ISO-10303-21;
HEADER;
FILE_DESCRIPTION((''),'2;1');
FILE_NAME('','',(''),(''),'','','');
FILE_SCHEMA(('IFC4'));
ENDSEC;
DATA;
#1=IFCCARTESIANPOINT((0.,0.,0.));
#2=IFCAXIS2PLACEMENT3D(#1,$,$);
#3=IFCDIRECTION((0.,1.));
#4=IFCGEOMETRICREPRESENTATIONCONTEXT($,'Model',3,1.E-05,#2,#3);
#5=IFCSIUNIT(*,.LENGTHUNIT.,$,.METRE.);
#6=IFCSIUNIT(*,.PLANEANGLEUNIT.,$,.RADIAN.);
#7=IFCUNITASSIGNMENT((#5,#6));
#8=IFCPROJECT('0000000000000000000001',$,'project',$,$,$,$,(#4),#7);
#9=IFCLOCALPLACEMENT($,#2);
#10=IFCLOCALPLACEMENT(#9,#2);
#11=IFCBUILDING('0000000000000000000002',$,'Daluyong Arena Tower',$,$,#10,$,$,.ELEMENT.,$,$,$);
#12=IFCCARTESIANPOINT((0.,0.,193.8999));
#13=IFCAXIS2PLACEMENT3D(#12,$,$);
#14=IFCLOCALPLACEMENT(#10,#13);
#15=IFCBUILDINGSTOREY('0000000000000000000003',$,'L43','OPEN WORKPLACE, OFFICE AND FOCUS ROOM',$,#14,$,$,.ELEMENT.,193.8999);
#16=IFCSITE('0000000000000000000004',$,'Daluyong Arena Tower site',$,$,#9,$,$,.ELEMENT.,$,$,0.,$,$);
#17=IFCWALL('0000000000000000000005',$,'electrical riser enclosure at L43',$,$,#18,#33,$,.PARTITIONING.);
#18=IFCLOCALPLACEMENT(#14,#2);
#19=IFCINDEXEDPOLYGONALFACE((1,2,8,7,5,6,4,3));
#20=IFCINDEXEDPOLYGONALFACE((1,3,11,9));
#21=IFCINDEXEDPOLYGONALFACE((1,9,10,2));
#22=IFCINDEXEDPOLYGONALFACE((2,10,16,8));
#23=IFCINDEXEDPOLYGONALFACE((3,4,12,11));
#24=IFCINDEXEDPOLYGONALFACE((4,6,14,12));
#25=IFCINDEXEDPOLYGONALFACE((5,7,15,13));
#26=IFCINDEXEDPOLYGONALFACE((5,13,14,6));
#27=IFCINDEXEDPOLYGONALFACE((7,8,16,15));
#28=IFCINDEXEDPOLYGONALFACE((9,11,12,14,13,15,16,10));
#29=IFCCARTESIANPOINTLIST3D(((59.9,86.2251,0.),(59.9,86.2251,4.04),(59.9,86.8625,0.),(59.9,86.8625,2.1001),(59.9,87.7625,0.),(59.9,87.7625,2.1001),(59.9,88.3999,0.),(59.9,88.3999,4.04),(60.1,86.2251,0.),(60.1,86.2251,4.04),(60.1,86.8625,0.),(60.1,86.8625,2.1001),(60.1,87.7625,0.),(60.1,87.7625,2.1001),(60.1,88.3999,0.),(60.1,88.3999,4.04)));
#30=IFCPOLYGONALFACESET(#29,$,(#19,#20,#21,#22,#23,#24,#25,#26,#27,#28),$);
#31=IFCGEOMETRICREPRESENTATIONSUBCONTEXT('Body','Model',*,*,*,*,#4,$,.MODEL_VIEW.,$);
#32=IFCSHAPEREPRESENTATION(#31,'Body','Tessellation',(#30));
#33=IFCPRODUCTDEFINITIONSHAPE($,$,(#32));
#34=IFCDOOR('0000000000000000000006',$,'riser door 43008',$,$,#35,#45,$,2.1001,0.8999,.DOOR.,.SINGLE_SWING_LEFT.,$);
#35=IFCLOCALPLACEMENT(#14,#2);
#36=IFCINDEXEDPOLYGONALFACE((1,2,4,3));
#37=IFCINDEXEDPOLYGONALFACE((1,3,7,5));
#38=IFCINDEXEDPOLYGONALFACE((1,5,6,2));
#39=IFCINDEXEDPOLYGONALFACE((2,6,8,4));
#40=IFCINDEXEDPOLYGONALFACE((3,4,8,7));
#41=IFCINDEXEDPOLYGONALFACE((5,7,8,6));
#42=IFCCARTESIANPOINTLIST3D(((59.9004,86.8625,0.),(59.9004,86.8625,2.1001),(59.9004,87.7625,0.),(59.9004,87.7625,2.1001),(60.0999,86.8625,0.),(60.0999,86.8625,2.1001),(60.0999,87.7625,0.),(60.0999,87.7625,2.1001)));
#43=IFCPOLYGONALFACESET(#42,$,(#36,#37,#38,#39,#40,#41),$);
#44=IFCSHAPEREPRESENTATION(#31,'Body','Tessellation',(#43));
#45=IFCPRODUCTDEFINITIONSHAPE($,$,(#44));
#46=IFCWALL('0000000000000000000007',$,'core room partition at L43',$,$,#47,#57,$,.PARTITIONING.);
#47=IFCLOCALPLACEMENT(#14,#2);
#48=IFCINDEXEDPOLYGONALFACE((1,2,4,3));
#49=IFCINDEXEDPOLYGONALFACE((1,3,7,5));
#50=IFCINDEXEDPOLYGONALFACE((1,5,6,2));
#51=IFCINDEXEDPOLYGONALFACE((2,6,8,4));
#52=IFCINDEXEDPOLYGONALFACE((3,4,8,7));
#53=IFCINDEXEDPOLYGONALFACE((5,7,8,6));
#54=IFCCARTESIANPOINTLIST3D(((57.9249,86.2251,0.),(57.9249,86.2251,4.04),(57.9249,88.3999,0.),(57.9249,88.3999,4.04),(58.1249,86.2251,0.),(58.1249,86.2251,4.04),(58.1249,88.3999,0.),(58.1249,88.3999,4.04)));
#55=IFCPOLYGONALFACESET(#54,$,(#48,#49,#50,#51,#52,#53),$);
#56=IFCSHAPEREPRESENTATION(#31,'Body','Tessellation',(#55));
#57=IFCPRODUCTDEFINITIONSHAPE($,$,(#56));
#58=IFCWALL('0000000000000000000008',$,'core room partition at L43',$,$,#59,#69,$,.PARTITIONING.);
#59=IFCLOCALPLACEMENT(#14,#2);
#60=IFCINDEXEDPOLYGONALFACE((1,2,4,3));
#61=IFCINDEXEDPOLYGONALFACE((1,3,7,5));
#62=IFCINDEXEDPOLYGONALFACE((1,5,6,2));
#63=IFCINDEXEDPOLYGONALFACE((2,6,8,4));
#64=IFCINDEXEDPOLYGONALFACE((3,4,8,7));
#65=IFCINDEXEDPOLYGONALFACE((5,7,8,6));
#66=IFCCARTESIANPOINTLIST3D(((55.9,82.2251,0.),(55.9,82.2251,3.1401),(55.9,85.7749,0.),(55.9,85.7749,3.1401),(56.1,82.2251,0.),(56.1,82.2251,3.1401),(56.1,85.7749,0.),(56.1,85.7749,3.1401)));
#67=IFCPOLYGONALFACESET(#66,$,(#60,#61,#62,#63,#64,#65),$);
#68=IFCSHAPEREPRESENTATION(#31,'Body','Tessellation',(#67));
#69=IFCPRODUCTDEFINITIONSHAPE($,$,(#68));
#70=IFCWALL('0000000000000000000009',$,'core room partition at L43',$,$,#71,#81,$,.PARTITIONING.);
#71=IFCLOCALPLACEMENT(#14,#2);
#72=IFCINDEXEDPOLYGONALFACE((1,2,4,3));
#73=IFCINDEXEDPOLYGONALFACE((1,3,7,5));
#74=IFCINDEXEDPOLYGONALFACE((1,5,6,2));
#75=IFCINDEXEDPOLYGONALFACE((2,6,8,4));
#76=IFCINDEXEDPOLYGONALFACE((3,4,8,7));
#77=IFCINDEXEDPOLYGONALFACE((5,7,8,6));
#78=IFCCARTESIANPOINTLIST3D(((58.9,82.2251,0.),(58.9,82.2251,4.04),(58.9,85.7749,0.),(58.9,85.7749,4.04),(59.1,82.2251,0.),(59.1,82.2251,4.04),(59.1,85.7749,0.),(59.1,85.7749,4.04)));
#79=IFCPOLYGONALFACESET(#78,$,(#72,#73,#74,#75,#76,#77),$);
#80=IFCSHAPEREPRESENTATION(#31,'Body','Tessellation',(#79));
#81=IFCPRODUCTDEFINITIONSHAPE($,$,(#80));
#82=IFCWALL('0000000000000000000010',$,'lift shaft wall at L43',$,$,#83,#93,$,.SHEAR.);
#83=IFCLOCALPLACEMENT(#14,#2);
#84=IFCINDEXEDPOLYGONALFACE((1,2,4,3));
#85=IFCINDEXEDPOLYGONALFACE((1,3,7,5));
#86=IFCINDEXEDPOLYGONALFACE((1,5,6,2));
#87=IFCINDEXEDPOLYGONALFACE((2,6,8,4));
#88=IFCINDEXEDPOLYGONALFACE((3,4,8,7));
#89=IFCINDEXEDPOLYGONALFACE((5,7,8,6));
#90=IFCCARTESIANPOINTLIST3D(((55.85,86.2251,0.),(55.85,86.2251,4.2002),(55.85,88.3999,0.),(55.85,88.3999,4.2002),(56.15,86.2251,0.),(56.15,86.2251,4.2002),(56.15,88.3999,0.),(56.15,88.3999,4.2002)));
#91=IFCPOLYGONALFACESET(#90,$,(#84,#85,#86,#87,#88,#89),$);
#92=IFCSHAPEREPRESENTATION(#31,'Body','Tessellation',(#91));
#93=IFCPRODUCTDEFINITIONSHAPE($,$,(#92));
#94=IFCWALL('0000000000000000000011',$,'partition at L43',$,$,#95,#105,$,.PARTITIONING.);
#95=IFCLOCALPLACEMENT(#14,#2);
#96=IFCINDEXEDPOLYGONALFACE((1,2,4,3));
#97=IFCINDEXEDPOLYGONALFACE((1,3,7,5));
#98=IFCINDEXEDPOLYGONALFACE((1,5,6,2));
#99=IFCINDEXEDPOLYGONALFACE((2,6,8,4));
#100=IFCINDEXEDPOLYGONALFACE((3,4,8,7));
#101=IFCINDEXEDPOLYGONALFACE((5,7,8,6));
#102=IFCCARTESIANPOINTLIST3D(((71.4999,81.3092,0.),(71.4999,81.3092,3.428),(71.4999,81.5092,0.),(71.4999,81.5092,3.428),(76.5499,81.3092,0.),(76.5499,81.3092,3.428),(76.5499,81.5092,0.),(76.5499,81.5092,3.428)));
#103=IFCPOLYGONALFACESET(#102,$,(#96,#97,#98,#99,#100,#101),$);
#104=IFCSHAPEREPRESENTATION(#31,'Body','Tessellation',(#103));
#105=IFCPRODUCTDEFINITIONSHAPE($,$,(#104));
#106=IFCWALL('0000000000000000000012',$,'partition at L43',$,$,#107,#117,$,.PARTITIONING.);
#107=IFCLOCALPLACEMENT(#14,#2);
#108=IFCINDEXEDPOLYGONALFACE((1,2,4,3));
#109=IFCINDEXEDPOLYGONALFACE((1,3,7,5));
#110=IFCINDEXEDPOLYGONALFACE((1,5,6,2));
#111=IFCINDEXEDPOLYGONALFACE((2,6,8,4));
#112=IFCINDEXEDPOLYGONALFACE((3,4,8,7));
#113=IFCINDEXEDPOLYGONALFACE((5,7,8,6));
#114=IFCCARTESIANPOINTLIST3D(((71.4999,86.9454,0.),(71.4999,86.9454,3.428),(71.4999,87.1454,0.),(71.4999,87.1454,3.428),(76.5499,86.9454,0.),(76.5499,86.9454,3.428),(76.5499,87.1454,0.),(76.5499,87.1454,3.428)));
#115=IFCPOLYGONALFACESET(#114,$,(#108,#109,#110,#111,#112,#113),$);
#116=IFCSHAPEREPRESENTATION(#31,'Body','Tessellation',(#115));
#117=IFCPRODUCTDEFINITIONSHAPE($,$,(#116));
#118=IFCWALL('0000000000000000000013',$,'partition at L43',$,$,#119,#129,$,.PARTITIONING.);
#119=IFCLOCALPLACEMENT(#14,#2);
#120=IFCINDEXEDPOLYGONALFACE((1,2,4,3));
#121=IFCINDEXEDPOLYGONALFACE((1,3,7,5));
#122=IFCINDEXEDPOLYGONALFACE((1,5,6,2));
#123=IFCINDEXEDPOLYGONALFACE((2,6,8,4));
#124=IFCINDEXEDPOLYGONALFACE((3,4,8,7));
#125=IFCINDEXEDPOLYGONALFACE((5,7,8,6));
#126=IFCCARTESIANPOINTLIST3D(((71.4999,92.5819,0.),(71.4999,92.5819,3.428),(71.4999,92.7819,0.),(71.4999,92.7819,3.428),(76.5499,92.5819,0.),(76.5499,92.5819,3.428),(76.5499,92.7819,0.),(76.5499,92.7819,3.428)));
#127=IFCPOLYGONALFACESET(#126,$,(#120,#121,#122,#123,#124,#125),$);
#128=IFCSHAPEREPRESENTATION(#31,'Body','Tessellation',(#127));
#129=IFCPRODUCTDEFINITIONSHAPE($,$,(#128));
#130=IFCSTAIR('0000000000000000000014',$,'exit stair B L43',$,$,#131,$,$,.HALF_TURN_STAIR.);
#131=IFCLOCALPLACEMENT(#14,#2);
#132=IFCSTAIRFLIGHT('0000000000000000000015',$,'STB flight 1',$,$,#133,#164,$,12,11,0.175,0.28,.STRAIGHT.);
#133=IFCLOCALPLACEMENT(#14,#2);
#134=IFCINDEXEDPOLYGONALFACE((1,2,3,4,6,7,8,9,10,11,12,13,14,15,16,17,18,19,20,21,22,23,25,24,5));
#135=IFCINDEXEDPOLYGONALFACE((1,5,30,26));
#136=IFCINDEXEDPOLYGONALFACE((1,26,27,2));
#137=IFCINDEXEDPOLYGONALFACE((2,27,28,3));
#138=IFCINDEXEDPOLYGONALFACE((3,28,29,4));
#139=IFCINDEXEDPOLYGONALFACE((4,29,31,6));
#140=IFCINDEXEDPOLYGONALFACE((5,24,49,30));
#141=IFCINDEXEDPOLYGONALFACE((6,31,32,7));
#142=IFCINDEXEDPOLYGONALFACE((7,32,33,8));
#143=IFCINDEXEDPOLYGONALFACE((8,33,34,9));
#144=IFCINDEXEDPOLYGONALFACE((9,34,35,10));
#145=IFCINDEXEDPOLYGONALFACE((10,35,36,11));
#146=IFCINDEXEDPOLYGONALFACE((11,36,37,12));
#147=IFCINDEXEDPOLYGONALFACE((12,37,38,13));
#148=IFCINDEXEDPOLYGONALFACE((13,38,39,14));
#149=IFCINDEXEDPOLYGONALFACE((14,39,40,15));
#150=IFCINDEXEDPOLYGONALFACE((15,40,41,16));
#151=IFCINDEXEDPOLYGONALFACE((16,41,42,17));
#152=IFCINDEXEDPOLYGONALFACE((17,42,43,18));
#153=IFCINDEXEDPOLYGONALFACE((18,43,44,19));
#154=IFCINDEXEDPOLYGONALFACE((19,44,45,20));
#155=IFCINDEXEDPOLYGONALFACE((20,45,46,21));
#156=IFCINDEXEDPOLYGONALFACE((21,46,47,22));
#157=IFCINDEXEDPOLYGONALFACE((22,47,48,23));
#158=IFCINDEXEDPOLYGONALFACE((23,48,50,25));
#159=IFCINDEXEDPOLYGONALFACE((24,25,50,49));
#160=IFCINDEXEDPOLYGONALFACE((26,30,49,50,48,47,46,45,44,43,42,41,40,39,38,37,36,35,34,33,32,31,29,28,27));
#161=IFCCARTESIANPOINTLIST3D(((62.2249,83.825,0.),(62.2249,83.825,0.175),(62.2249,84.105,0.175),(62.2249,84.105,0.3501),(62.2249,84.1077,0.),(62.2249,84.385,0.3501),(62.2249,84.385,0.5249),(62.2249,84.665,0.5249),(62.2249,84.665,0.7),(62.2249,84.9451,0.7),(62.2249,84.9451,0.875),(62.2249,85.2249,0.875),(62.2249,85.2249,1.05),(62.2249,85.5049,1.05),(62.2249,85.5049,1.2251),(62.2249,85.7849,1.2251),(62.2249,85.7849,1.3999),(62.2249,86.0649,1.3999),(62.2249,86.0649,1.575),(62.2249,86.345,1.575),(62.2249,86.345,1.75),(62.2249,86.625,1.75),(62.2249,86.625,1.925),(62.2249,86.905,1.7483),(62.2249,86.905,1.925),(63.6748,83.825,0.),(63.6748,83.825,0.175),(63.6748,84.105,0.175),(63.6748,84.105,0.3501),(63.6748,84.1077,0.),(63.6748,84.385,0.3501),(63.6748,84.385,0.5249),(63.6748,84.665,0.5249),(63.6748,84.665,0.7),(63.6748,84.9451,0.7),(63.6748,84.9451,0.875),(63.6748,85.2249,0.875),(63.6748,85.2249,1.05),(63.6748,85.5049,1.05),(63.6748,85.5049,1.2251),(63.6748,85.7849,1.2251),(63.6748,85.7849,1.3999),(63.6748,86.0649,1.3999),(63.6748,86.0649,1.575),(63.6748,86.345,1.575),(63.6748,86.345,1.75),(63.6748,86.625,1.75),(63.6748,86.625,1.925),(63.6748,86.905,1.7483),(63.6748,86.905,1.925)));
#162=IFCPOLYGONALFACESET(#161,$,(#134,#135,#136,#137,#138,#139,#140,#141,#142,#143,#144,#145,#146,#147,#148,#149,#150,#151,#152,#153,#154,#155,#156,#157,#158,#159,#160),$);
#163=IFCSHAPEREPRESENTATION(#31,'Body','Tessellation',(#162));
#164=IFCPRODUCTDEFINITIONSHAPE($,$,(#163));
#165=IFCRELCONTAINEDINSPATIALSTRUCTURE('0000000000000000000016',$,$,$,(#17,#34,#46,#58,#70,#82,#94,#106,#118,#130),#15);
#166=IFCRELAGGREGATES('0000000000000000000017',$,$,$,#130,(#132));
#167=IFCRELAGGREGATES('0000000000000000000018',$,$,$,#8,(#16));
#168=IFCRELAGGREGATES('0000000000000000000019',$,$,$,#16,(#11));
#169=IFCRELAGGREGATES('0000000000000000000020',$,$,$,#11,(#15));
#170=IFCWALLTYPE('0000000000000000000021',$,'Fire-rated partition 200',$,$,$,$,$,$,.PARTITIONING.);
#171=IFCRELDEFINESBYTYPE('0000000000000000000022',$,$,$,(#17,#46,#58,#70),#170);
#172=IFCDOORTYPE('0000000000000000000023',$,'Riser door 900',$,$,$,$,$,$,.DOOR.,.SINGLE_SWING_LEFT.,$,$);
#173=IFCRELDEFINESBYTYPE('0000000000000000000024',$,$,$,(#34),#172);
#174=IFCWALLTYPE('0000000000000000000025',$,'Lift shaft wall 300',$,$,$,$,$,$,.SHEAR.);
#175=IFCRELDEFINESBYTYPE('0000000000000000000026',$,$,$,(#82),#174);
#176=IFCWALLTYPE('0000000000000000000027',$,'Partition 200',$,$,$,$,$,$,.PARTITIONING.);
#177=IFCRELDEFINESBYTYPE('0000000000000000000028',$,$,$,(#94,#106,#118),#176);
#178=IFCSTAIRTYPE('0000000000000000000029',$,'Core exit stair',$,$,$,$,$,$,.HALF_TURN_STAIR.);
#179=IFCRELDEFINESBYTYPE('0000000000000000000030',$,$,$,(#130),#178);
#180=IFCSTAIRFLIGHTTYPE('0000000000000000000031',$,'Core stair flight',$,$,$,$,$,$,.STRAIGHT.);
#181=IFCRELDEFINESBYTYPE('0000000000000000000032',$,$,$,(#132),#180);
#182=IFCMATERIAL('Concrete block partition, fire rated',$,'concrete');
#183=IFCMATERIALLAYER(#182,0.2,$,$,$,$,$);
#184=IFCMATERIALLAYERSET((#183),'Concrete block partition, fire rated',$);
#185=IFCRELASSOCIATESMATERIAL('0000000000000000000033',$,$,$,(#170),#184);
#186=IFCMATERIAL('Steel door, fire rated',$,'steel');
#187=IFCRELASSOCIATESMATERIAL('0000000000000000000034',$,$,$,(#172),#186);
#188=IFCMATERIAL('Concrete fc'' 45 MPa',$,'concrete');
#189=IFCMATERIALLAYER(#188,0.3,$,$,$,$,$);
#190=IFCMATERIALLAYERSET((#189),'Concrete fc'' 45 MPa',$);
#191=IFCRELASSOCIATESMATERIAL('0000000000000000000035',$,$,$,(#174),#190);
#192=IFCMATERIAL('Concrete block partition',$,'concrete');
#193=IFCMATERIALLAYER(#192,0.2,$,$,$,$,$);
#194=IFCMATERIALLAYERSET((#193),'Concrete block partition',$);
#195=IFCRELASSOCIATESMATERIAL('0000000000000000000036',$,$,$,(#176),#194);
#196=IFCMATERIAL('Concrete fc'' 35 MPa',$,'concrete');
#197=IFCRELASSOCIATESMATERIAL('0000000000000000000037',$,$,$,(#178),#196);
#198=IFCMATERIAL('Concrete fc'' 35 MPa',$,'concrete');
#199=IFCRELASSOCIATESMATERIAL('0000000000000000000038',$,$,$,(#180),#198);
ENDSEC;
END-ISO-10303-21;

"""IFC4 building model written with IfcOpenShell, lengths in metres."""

from ifc_helpers import new_model, si_unit, direction, frame, frame_2d, origin, place, context, subcontext, project, spatial, polyline, rectangle, outline, extrude, material, layer, layer_set, type_object, element, fill, aggregate, save


model = new_model("IFC4")

# Units and contexts
model_context = context("Model", 3, precision=1e-05, world=origin(), true_north=direction((0.0, 1.0)))
body_context = subcontext(model_context, "Body", "Model", "MODEL_VIEW")
ifc_project = project(units=[si_unit("LENGTHUNIT", "METRE"), si_unit("PLANEANGLEUNIT", "RADIAN")], contexts=[model_context])

# Site, building, storey
site_placement = place(None, origin())
site = spatial("IfcSite", under=ifc_project, at=site_placement, Name="Daluyong Arena Tower site", CompositionType="ELEMENT", RefElevation=0.0)
building_placement = place(site_placement, origin())
building = spatial("IfcBuilding", under=site, at=building_placement, Name="Daluyong Arena Tower", CompositionType="ELEMENT")
storey_placement = place(building_placement, frame((0.0, 0.0, 193.8999)))
storey = spatial("IfcBuildingStorey", under=building, at=storey_placement, Name="L43", Description="OPEN WORKPLACE, OFFICE AND FOCUS ROOM", CompositionType="ELEMENT", Elevation=193.8999)

# Wall, opening, door
ifc_material_1 = material(Name="Concrete block partition, fire rated", Category="concrete")
ifc_layer_1 = layer(ifc_material_1, 0.2)
ifc_layer_set_1 = layer_set([ifc_layer_1], Name="Concrete block partition, fire rated")
wall_type_1 = type_object("IfcWallType", Name="Fire-rated partition 200", PredefinedType="PARTITIONING", material=ifc_layer_set_1)
wall_1_placement = place(storey_placement, frame((60.0, 86.2251, 0.0), z_axis=(0.0, 0.0, 1.0), x_axis=(0.0, 1.0, 0.0)))
wall_1 = element("IfcWall", 1, at=wall_1_placement, inside=storey, type_object=wall_type_1, Name="electrical riser enclosure at L43", PredefinedType="PARTITIONING", context=body_context, shape_type="SweptSolid", body=[
    extrude(rectangle(XDim=2.1748, YDim=0.2, at=frame_2d((1.0874, 0.0))), origin(), (0.0, 0.0, 1.0), 4.04),
])
opening_1_placement = place(wall_1_placement, frame((0.6375, 0.0, 0.0)))
opening_1 = element("IfcOpeningElement", 2, at=opening_1_placement, cuts=wall_1, PredefinedType="OPENING", context=body_context, shape_type="SweptSolid", body=[
    extrude(rectangle(XDim=0.8999, YDim=2.1001, at=frame_2d((0.45, 1.05))), frame((0.0, 0.1099, 0.0), z_axis=(0.0, -1.0, 0.0), x_axis=(1.0, 0.0, 0.0)), (0.0, 0.0, 1.0), 0.22),
])
ifc_material_2 = material(Name="Steel door, fire rated", Category="steel")
door_type_1 = type_object("IfcDoorType", Name="Riser door 900", OperationType="SINGLE_SWING_LEFT", PredefinedType="DOOR", material=ifc_material_2)
door_1_placement = place(opening_1_placement, origin())
door_1 = element("IfcDoor", 3, at=door_1_placement, inside=storey, type_object=door_type_1, Name="riser door 43008", OperationType="SINGLE_SWING_LEFT", OverallHeight=2.1001, OverallWidth=0.8999, PredefinedType="DOOR", context=body_context, shape_type="SweptSolid", body=[
    extrude(rectangle(XDim=0.8999, YDim=2.1001, at=frame_2d((0.45, 1.05))), frame((0.0, 0.0996, 0.0), z_axis=(0.0, -1.0, 0.0), x_axis=(1.0, 0.0, 0.0)), (0.0, 0.0, 1.0), 0.1995),
])
fill(opening_1, door_1)

# Walls
wall_2_placement = place(storey_placement, frame((58.0249, 86.2251, 0.0), z_axis=(0.0, 0.0, 1.0), x_axis=(0.0, 1.0, 0.0)))
element("IfcWall", 4, at=wall_2_placement, inside=storey, type_object=wall_type_1, Name="core room partition at L43", PredefinedType="PARTITIONING", context=body_context, shape_type="SweptSolid", body=[
    extrude(rectangle(XDim=2.1748, YDim=0.2, at=frame_2d((1.0874, 0.0))), origin(), (0.0, 0.0, 1.0), 4.04),
])
wall_3_placement = place(storey_placement, frame((56.0, 82.2251, 0.0), z_axis=(0.0, 0.0, 1.0), x_axis=(0.0, 1.0, 0.0)))
element("IfcWall", 5, at=wall_3_placement, inside=storey, type_object=wall_type_1, Name="core room partition at L43", PredefinedType="PARTITIONING", context=body_context, shape_type="SweptSolid", body=[
    extrude(rectangle(XDim=3.5498, YDim=0.2, at=frame_2d((1.7749, 0.0))), origin(), (0.0, 0.0, 1.0), 3.1401),
])
wall_4_placement = place(storey_placement, frame((59.0, 82.2251, 0.0), z_axis=(0.0, 0.0, 1.0), x_axis=(0.0, 1.0, 0.0)))
element("IfcWall", 6, at=wall_4_placement, inside=storey, type_object=wall_type_1, Name="core room partition at L43", PredefinedType="PARTITIONING", context=body_context, shape_type="SweptSolid", body=[
    extrude(rectangle(XDim=3.5498, YDim=0.2, at=frame_2d((1.7749, 0.0))), origin(), (0.0, 0.0, 1.0), 4.04),
])
ifc_material_3 = material(Name="Concrete fc' 45 MPa", Category="concrete")
ifc_layer_2 = layer(ifc_material_3, 0.3)
ifc_layer_set_2 = layer_set([ifc_layer_2], Name="Concrete fc' 45 MPa")
wall_type_2 = type_object("IfcWallType", Name="Lift shaft wall 300", PredefinedType="SHEAR", material=ifc_layer_set_2)
wall_5_placement = place(storey_placement, frame((56.0, 86.2251, 0.0), z_axis=(0.0, 0.0, 1.0), x_axis=(0.0, 1.0, 0.0)))
element("IfcWall", 7, at=wall_5_placement, inside=storey, type_object=wall_type_2, Name="lift shaft wall at L43", PredefinedType="SHEAR", context=body_context, shape_type="SweptSolid", body=[
    extrude(rectangle(XDim=2.1748, YDim=0.3, at=frame_2d((1.0874, 0.0))), origin(), (0.0, 0.0, 1.0), 4.2002),
])
ifc_material_4 = material(Name="Concrete block partition", Category="concrete")
ifc_layer_3 = layer(ifc_material_4, 0.2)
ifc_layer_set_3 = layer_set([ifc_layer_3], Name="Concrete block partition")
wall_type_3 = type_object("IfcWallType", Name="Partition 200", PredefinedType="PARTITIONING", material=ifc_layer_set_3)
for number, where, z_axis, x_axis, name in (
    (8, (71.5, 81.4092, 0.0), (0.0, 0.0, 1.0), (1.0, 0.0, 0.0), "partition at L43"),
    (9, (71.5, 87.0454, 0.0), (0.0, 0.0, 1.0), (1.0, 0.0, 0.0), "partition at L43"),
    (10, (71.5, 92.6819, 0.0), (0.0, 0.0, 1.0), (1.0, 0.0, 0.0), "partition at L43"),
):
    element("IfcWall", number, at=place(storey_placement, frame(where, z_axis=z_axis, x_axis=x_axis)), inside=storey, type_object=wall_type_3, Name=name, PredefinedType="PARTITIONING", context=body_context, shape_type="SweptSolid", body=[
        extrude(rectangle(XDim=5.05, YDim=0.2, at=frame_2d((2.5249, 0.0))), origin(), (0.0, 0.0, 1.0), 3.428),
    ])

# Stair, stair flight
ifc_material_5 = material(Name="Concrete fc' 35 MPa", Category="concrete")
stair_type = type_object("IfcStairType", Name="Core exit stair", PredefinedType="HALF_TURN_STAIR", material=ifc_material_5)
stair_placement = place(storey_placement, origin())
stair = element("IfcStair", 11, at=stair_placement, inside=storey, type_object=stair_type, Name="exit stair B L43", PredefinedType="HALF_TURN_STAIR")
ifc_material_6 = material(Name="Concrete fc' 35 MPa", Category="concrete")
stair_flight_type = type_object("IfcStairFlightType", Name="Core stair flight", PredefinedType="STRAIGHT", material=ifc_material_6)
stair_flight_1_placement = place(storey_placement, frame((62.95, 83.825, 0.0), z_axis=(0.0, 0.0, 1.0), x_axis=(0.0, 1.0, 0.0)))
stair_flight_1 = element("IfcStairFlight", 12, at=stair_flight_1_placement, type_object=stair_flight_type, Name="STB flight 1", NumberOfRisers=12, NumberOfTreads=11, PredefinedType="STRAIGHT", RiserHeight=0.175, TreadLength=0.28, context=body_context, shape_type="SweptSolid", body=[
    extrude(outline(polyline([(0.0, 0.0), (0.0, 0.175), (0.28, 0.175), (0.28, 0.3501), (0.5601, 0.3501), (0.5601, 0.5249), (0.8401, 0.5249), (0.8401, 0.7), (1.1201, 0.7), (1.1201, 0.875), (1.3999, 0.875), (1.3999, 1.05), (1.6799, 1.05), (1.6799, 1.2251), (1.96, 1.2251), (1.96, 1.3999), (2.24, 1.3999), (2.24, 1.575), (2.52, 1.575), (2.52, 1.75), (2.8, 1.75), (2.8, 1.925), (3.0801, 1.925), (3.0801, 2.1001), (3.0801, 1.7483), (0.2827, 0.0), (0.0, 0.0)])), frame((0.0, 0.7251, 0.0), z_axis=(0.0, -1.0, 0.0), x_axis=(1.0, 0.0, 0.0)), (0.0, 0.0, 1.0), 1.45),
])
aggregate(stair, [stair_flight_1])

save(model, "model.ifc")
